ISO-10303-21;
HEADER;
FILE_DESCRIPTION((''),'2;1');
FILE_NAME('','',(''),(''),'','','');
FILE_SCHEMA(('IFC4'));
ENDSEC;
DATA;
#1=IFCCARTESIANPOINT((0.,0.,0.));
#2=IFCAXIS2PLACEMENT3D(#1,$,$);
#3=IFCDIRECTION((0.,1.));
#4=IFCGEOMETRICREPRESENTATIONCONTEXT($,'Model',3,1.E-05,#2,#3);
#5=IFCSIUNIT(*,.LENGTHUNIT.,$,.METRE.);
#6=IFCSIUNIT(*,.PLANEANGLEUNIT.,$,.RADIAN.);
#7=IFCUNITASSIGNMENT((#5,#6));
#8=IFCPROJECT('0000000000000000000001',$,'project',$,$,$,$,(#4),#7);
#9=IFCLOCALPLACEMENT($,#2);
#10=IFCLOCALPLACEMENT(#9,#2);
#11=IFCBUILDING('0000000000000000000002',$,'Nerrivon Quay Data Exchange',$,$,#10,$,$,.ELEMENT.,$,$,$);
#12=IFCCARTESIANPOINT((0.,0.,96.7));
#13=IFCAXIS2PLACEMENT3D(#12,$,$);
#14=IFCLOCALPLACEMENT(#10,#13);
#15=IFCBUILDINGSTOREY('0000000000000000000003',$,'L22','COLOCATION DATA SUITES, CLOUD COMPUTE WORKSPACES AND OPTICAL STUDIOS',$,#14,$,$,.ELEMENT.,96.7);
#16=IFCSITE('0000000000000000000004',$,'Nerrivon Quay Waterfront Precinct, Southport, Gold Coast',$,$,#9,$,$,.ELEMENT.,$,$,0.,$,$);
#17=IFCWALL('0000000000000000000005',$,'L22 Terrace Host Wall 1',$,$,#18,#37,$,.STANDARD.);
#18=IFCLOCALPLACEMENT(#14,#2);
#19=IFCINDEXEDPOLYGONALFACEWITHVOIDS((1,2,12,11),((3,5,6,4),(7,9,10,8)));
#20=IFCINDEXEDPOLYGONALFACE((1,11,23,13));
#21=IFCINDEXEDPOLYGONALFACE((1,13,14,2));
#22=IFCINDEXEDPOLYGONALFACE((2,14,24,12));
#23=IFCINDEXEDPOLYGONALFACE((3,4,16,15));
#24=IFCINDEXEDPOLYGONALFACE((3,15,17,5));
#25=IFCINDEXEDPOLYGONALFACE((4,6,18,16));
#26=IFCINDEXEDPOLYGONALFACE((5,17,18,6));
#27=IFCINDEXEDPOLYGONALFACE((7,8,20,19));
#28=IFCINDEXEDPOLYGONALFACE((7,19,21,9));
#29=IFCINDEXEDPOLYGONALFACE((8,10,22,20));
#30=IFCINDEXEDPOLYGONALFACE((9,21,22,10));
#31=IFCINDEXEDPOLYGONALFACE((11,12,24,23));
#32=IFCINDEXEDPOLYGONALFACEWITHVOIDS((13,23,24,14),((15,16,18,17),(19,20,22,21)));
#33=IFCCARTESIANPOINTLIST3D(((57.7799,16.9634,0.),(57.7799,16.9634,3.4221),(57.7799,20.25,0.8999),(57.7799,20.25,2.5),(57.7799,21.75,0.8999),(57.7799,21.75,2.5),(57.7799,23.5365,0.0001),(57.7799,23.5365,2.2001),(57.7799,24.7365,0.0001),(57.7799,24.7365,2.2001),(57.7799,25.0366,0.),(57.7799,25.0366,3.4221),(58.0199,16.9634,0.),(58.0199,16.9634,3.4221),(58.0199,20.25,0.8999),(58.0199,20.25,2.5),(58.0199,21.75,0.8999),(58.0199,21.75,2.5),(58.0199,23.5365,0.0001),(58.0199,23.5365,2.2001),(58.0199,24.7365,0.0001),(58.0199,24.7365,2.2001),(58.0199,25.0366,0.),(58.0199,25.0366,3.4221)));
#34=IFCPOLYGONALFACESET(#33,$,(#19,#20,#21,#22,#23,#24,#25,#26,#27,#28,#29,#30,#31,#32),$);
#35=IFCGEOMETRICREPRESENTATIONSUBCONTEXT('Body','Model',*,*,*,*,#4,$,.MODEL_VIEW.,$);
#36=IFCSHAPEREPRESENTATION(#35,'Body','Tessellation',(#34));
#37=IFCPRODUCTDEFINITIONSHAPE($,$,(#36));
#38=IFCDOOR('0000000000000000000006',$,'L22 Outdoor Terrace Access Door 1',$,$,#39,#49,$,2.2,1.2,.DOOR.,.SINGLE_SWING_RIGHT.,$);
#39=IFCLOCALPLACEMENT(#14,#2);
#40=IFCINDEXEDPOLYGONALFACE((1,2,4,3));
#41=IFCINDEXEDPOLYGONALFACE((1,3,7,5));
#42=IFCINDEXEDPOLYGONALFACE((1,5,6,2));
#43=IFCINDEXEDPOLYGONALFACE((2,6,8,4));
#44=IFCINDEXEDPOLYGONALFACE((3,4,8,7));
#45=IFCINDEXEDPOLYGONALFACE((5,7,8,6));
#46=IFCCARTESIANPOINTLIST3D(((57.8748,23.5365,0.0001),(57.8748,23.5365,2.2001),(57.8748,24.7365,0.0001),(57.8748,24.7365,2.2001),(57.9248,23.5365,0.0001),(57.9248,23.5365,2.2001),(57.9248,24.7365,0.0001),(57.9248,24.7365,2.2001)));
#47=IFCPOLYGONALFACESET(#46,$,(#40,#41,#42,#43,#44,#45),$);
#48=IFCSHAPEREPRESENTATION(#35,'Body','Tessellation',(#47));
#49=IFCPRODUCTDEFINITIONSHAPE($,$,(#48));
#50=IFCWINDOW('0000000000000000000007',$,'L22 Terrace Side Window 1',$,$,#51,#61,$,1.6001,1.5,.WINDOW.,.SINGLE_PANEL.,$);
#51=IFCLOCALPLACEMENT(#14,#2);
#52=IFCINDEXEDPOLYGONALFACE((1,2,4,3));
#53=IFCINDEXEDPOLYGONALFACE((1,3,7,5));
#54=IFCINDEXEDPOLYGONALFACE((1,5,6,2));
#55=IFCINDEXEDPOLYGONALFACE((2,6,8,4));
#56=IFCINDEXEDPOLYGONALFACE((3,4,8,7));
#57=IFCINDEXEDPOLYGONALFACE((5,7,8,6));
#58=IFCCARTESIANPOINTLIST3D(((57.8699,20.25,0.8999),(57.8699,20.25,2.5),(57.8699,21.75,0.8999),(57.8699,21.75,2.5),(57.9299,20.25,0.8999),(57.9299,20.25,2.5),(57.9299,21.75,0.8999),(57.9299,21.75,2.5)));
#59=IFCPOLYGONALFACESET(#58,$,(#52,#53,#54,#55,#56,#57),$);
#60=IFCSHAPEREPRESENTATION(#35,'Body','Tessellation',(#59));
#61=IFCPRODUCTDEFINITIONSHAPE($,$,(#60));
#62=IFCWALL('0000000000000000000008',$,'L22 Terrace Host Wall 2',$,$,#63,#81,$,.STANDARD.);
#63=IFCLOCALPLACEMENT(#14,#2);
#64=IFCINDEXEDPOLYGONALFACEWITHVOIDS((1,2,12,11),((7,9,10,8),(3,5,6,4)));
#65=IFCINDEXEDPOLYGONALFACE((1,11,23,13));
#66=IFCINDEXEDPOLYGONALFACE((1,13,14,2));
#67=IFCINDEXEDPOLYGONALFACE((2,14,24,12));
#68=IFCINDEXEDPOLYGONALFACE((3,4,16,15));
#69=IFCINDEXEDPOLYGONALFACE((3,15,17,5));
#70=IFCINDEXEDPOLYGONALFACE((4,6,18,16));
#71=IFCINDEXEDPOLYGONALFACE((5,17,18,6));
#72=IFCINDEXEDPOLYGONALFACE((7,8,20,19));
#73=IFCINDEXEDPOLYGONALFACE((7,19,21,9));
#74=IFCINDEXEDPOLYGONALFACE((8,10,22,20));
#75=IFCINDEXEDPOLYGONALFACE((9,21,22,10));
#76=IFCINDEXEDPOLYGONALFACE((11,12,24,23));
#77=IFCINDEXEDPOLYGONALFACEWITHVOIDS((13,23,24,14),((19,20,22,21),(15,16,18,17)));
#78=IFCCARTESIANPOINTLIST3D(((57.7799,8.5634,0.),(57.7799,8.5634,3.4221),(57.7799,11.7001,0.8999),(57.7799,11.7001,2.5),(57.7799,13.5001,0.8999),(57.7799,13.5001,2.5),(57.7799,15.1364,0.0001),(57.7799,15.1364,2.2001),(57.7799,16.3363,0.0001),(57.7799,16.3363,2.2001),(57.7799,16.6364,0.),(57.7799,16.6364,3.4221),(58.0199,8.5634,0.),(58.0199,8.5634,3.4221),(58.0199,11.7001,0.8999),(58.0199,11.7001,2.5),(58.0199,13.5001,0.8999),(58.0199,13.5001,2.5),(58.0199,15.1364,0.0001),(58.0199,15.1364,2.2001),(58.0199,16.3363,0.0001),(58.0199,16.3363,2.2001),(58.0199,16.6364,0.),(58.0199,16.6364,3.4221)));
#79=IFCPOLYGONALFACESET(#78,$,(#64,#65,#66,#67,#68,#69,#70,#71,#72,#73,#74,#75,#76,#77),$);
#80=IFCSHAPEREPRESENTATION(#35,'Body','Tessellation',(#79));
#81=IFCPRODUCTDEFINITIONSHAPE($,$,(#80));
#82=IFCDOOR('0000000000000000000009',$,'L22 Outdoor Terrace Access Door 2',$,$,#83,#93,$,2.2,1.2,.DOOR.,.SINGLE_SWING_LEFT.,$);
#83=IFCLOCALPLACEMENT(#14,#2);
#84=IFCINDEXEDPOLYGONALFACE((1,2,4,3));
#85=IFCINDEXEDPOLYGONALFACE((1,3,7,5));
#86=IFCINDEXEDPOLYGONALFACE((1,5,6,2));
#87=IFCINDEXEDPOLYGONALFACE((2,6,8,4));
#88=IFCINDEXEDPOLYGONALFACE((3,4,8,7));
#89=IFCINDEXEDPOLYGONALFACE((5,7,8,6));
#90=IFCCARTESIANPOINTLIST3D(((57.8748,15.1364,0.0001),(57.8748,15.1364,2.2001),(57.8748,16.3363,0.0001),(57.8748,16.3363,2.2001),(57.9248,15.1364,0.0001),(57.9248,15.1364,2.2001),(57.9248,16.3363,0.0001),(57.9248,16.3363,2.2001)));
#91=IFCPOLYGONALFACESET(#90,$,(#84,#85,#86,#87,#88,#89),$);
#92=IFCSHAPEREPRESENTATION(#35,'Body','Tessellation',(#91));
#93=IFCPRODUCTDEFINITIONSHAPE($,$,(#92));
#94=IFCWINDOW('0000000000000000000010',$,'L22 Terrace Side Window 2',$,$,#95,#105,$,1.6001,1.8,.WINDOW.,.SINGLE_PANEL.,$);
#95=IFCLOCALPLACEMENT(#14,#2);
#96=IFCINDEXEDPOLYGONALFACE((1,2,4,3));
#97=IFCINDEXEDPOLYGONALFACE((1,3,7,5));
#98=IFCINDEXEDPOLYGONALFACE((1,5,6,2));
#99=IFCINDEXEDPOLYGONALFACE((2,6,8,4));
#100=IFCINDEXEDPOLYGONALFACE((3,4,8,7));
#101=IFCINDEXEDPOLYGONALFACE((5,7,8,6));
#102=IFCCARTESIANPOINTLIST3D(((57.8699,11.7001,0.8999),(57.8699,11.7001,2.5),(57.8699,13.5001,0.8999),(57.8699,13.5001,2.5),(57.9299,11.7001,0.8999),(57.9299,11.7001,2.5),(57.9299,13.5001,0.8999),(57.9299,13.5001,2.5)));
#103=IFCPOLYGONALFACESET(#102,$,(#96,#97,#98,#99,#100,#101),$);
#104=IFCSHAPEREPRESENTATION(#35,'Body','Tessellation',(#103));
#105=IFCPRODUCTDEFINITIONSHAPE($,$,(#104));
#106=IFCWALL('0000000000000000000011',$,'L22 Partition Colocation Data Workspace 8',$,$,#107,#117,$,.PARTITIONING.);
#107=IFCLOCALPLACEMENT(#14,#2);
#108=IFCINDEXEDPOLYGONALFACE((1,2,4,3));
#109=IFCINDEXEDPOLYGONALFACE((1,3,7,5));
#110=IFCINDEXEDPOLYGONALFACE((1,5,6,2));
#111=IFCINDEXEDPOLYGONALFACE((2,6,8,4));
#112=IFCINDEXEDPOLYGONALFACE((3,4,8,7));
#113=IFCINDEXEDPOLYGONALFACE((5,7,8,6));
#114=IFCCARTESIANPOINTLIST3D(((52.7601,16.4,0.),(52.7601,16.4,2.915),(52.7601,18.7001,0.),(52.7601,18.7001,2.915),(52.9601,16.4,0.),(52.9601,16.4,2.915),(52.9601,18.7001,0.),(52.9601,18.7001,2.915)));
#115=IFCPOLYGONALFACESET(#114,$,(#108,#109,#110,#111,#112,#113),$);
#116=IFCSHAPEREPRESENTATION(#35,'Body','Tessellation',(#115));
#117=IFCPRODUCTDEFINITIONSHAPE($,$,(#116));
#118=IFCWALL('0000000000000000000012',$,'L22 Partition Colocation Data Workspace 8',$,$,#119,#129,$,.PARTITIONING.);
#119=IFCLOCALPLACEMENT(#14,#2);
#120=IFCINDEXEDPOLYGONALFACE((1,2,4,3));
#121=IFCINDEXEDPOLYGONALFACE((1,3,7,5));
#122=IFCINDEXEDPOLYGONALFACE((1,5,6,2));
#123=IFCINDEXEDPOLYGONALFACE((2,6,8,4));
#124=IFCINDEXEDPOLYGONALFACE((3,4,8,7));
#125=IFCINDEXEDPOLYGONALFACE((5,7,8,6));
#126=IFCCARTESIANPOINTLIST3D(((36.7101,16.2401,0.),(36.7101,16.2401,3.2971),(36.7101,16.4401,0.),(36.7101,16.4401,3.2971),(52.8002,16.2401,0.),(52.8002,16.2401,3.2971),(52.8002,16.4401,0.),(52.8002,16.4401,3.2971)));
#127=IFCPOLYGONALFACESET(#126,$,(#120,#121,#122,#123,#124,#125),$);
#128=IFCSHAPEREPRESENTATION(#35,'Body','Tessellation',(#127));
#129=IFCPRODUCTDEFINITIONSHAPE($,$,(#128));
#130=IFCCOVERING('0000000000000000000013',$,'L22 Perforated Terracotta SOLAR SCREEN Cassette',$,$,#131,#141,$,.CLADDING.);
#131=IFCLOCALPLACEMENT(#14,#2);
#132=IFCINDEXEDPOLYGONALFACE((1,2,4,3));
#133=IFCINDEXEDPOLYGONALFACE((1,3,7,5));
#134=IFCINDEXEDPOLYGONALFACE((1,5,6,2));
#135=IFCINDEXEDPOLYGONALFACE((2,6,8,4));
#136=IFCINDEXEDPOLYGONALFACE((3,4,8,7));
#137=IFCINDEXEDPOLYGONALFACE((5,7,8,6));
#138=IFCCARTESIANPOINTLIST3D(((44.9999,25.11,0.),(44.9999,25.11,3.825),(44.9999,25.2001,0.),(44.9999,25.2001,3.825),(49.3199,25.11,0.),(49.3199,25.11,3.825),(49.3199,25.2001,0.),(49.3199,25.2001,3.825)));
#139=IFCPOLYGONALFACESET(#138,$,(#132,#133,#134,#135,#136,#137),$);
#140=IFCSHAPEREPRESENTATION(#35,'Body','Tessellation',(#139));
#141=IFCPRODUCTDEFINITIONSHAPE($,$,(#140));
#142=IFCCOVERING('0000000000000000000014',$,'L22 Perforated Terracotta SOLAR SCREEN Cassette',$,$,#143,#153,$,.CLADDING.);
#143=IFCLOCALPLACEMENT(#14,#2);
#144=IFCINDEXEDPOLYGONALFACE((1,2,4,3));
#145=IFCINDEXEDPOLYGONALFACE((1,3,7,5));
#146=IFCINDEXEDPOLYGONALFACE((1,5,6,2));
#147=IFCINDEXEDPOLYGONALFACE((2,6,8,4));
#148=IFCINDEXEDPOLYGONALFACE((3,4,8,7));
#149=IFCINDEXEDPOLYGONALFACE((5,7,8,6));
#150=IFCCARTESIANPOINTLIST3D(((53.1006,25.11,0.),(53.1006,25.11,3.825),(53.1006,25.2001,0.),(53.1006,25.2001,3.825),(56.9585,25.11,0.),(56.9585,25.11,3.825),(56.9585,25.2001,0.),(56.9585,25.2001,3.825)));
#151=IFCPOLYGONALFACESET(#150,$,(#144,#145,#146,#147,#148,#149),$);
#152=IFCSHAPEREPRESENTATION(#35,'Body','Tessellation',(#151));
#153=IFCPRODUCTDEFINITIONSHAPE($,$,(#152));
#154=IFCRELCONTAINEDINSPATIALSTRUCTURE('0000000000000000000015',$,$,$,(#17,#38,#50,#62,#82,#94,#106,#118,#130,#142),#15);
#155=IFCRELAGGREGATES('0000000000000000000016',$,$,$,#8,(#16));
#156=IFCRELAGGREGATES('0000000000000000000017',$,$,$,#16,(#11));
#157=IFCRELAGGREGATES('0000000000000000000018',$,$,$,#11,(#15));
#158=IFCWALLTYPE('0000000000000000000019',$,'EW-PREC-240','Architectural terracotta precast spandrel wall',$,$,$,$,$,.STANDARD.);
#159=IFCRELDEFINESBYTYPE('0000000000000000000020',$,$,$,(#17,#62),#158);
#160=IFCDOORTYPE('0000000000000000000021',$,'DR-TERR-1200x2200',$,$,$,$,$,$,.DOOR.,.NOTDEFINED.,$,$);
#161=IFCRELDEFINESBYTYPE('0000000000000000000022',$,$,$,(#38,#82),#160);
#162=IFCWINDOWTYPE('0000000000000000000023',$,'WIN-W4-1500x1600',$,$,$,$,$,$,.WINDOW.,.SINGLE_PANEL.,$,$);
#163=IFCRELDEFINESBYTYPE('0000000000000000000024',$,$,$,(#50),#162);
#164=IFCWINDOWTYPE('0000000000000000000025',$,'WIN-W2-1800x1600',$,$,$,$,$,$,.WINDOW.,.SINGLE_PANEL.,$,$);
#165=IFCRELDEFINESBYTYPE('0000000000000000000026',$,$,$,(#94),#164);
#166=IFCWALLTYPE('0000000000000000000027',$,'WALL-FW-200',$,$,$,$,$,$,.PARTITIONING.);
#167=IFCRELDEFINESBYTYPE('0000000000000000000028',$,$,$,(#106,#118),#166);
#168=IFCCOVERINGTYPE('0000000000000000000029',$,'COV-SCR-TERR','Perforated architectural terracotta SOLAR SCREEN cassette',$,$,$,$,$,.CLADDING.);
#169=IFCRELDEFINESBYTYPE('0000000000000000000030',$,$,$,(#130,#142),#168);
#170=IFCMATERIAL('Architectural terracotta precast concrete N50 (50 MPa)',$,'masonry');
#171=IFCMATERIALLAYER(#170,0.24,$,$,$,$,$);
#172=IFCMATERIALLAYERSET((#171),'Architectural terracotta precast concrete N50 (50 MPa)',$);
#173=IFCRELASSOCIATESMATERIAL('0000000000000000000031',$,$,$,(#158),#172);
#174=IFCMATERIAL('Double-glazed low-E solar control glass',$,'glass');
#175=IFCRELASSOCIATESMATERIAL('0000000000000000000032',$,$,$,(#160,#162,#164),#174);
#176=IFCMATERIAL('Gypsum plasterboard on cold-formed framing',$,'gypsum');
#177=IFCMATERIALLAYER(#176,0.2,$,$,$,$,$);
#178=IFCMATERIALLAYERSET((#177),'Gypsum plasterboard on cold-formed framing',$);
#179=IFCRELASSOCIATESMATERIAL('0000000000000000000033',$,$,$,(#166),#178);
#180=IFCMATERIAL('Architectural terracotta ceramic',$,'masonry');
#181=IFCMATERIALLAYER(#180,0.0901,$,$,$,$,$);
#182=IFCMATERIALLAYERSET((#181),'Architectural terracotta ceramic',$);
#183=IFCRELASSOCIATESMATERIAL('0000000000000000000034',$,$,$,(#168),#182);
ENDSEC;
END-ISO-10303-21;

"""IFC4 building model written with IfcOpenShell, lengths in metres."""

from ifc_helpers import new_model, si_unit, direction, frame, frame_2d, origin, origin_2d, place, context, subcontext, project, spatial, rectangle, extrude, material, layer, layer_set, type_object, element, fill, save


model = new_model("IFC4")

# Units and contexts
model_context = context("Model", 3, precision=1e-05, world=origin(), true_north=direction((0.0, 1.0)))
body_context = subcontext(model_context, "Body", "Model", "MODEL_VIEW")
ifc_project = project(units=[si_unit("LENGTHUNIT", "METRE"), si_unit("PLANEANGLEUNIT", "RADIAN")], contexts=[model_context])

# Site, building, storey
site_placement = place(None, origin())
site = spatial("IfcSite", under=ifc_project, at=site_placement, Name="Nerrivon Quay Waterfront Precinct, Southport, Gold Coast", CompositionType="ELEMENT", RefElevation=0.0)
building_placement = place(site_placement, origin())
building = spatial("IfcBuilding", under=site, at=building_placement, Name="Nerrivon Quay Data Exchange", CompositionType="ELEMENT")
storey_placement = place(building_placement, frame((0.0, 0.0, 96.7)))
storey = spatial("IfcBuildingStorey", under=building, at=storey_placement, Name="L22", Description="COLOCATION DATA SUITES, CLOUD COMPUTE WORKSPACES AND OPTICAL STUDIOS", CompositionType="ELEMENT", Elevation=96.7)

# Shared definitions
ifc_material_1 = material(Name="Double-glazed low-E solar control glass", Category="glass")

# Walls, openings, doors, windows
ifc_material_2 = material(Name="Architectural terracotta precast concrete N50 (50 MPa)", Category="masonry")
ifc_layer_1 = layer(ifc_material_2, 0.24)
ifc_layer_set_1 = layer_set([ifc_layer_1], Name="Architectural terracotta precast concrete N50 (50 MPa)")
wall_type_1 = type_object("IfcWallType", Name="EW-PREC-240", Description="Architectural terracotta precast spandrel wall", PredefinedType="STANDARD", material=ifc_layer_set_1)
wall_1_placement = place(storey_placement, frame((57.8999, 25.0366, 0.0), z_axis=(0.0, 0.0, 1.0), x_axis=(0.0, -1.0, 0.0)))
wall_1 = element("IfcWall", 1, at=wall_1_placement, inside=storey, type_object=wall_type_1, Name="L22 Terrace Host Wall 1", PredefinedType="STANDARD", context=body_context, shape_type="SweptSolid", body=[
    extrude(rectangle(XDim=8.0732, YDim=0.24, at=frame_2d((4.0366, 0.0))), origin(), (0.0, 0.0, 1.0), 3.4221),
])
opening_1_placement = place(wall_1_placement, frame((0.3, 0.0, 0.0)))
opening_1 = element("IfcOpeningElement", 2, at=opening_1_placement, cuts=wall_1, PredefinedType="OPENING", context=body_context, shape_type="SweptSolid", body=[
    extrude(rectangle(XDim=1.2, YDim=2.2, at=frame_2d((0.6001, 1.1001))), frame((0.0, 0.1299, 0.0), z_axis=(0.0, -1.0, 0.0), x_axis=(1.0, 0.0, 0.0)), (0.0, 0.0, 1.0), 0.26),
])
opening_2_placement = place(wall_1_placement, frame((3.2866, 0.0, 0.8999)))
opening_2 = element("IfcOpeningElement", 3, at=opening_2_placement, cuts=wall_1, PredefinedType="OPENING", context=body_context, shape_type="SweptSolid", body=[
    extrude(rectangle(XDim=1.5, YDim=1.6001, at=frame_2d((0.75, 0.8))), frame((0.0, 0.1299, 0.0), z_axis=(0.0, -1.0, 0.0), x_axis=(1.0, 0.0, 0.0)), (0.0, 0.0, 1.0), 0.26),
])
door_type = type_object("IfcDoorType", Name="DR-TERR-1200x2200", OperationType="NOTDEFINED", PredefinedType="DOOR", material=ifc_material_1)
door_1_placement = place(opening_1_placement, origin())
door_1 = element("IfcDoor", 4, at=door_1_placement, inside=storey, type_object=door_type, Name="L22 Outdoor Terrace Access Door 1", OperationType="SINGLE_SWING_RIGHT", OverallHeight=2.2, OverallWidth=1.2, PredefinedType="DOOR", context=body_context, shape_type="SweptSolid", body=[
    extrude(rectangle(XDim=1.2, YDim=2.2, at=frame_2d((0.6001, 1.1001))), frame((0.0, 0.0249, 0.0), z_axis=(0.0, -1.0, 0.0), x_axis=(1.0, 0.0, 0.0)), (0.0, 0.0, 1.0), 0.05),
])
fill(opening_1, door_1)
window_type_1 = type_object("IfcWindowType", Name="WIN-W4-1500x1600", PartitioningType="SINGLE_PANEL", PredefinedType="WINDOW", material=ifc_material_1)
window_1_placement = place(opening_2_placement, origin())
window_1 = element("IfcWindow", 5, at=window_1_placement, inside=storey, type_object=window_type_1, Name="L22 Terrace Side Window 1", OverallHeight=1.6001, OverallWidth=1.5, PartitioningType="SINGLE_PANEL", PredefinedType="WINDOW", context=body_context, shape_type="SweptSolid", body=[
    extrude(rectangle(XDim=1.5, YDim=1.6001, at=frame_2d((0.75, 0.8))), frame((0.0, 0.03, 0.0), z_axis=(0.0, -1.0, 0.0), x_axis=(1.0, 0.0, 0.0)), (0.0, 0.0, 1.0), 0.0601),
])
fill(opening_2, window_1)
wall_2_placement = place(storey_placement, frame((57.8999, 16.6365, 0.0), z_axis=(0.0, 0.0, 1.0), x_axis=(0.0, -1.0, 0.0)))
wall_2 = element("IfcWall", 6, at=wall_2_placement, inside=storey, type_object=wall_type_1, Name="L22 Terrace Host Wall 2", PredefinedType="STANDARD", context=body_context, shape_type="SweptSolid", body=[
    extrude(rectangle(XDim=8.073, YDim=0.24, at=frame_2d((4.0366, 0.0))), origin(), (0.0, 0.0, 1.0), 3.4221),
])
opening_3_placement = place(wall_2_placement, frame((0.3, 0.0, 0.0)))
opening_3 = element("IfcOpeningElement", 7, at=opening_3_placement, cuts=wall_2, PredefinedType="OPENING", context=body_context, shape_type="SweptSolid", body=[
    extrude(rectangle(XDim=1.2, YDim=2.2, at=frame_2d((0.6001, 1.1001))), frame((0.0, 0.1299, 0.0), z_axis=(0.0, -1.0, 0.0), x_axis=(1.0, 0.0, 0.0)), (0.0, 0.0, 1.0), 0.26),
])
opening_4_placement = place(wall_2_placement, frame((3.1365, 0.0, 0.8999)))
opening_4 = element("IfcOpeningElement", 8, at=opening_4_placement, cuts=wall_2, PredefinedType="OPENING", context=body_context, shape_type="SweptSolid", body=[
    extrude(rectangle(XDim=1.8, YDim=1.6001, at=frame_2d((0.8999, 0.8))), frame((0.0, 0.1299, 0.0), z_axis=(0.0, -1.0, 0.0), x_axis=(1.0, 0.0, 0.0)), (0.0, 0.0, 1.0), 0.26),
])
door_2_placement = place(opening_3_placement, origin())
door_2 = element("IfcDoor", 9, at=door_2_placement, inside=storey, type_object=door_type, Name="L22 Outdoor Terrace Access Door 2", OperationType="SINGLE_SWING_LEFT", OverallHeight=2.2, OverallWidth=1.2, PredefinedType="DOOR", context=body_context, shape_type="SweptSolid", body=[
    extrude(rectangle(XDim=1.2, YDim=2.2, at=frame_2d((0.6001, 1.1001))), frame((0.0, 0.0249, 0.0), z_axis=(0.0, -1.0, 0.0), x_axis=(1.0, 0.0, 0.0)), (0.0, 0.0, 1.0), 0.05),
])
fill(opening_3, door_2)
window_type_2 = type_object("IfcWindowType", Name="WIN-W2-1800x1600", PartitioningType="SINGLE_PANEL", PredefinedType="WINDOW", material=ifc_material_1)
window_2_placement = place(opening_4_placement, origin())
window_2 = element("IfcWindow", 10, at=window_2_placement, inside=storey, type_object=window_type_2, Name="L22 Terrace Side Window 2", OverallHeight=1.6001, OverallWidth=1.8, PartitioningType="SINGLE_PANEL", PredefinedType="WINDOW", context=body_context, shape_type="SweptSolid", body=[
    extrude(rectangle(XDim=1.8, YDim=1.6001, at=frame_2d((0.8999, 0.8))), frame((0.0, 0.03, 0.0), z_axis=(0.0, -1.0, 0.0), x_axis=(1.0, 0.0, 0.0)), (0.0, 0.0, 1.0), 0.0601),
])
fill(opening_4, window_2)

# Walls
ifc_material_3 = material(Name="Gypsum plasterboard on cold-formed framing", Category="gypsum")
ifc_layer_2 = layer(ifc_material_3, 0.2)
ifc_layer_set_2 = layer_set([ifc_layer_2], Name="Gypsum plasterboard on cold-formed framing")
wall_type_2 = type_object("IfcWallType", Name="WALL-FW-200", PredefinedType="PARTITIONING", material=ifc_layer_set_2)
wall_3_placement = place(storey_placement, frame((52.8601, 18.7, 0.0), z_axis=(0.0, 0.0, 1.0), x_axis=(0.0, -1.0, 0.0)))
element("IfcWall", 11, at=wall_3_placement, inside=storey, type_object=wall_type_2, Name="L22 Partition Colocation Data Workspace 8", PredefinedType="PARTITIONING", context=body_context, shape_type="SweptSolid", body=[
    extrude(rectangle(XDim=2.3, YDim=0.2, at=frame_2d((1.1499, 0.0))), origin(), (0.0, 0.0, 1.0), 2.915),
])
wall_4_placement = place(storey_placement, frame((52.8, 16.3401, 0.0), z_axis=(0.0, 0.0, 1.0), x_axis=(-1.0, 0.0, 0.0)))
element("IfcWall", 12, at=wall_4_placement, inside=storey, type_object=wall_type_2, Name="L22 Partition Colocation Data Workspace 8", PredefinedType="PARTITIONING", context=body_context, shape_type="SweptSolid", body=[
    extrude(rectangle(XDim=16.0901, YDim=0.2, at=frame_2d((8.0449, 0.0))), origin(), (0.0, 0.0, 1.0), 3.2971),
])

# Coverings
ifc_material_4 = material(Name="Architectural terracotta ceramic", Category="masonry")
ifc_layer_3 = layer(ifc_material_4, 0.0901)
ifc_layer_set_3 = layer_set([ifc_layer_3], Name="Architectural terracotta ceramic")
covering_type = type_object("IfcCoveringType", Name="COV-SCR-TERR", Description="Perforated architectural terracotta SOLAR SCREEN cassette", PredefinedType="CLADDING", material=ifc_layer_set_3)
covering_1_placement = place(storey_placement, frame((47.1599, 25.155, 0.0), z_axis=(0.0, 0.0, 1.0), x_axis=(1.0, 0.0, 0.0)))
element("IfcCovering", 13, at=covering_1_placement, inside=storey, type_object=covering_type, Name="L22 Perforated Terracotta SOLAR SCREEN Cassette", PredefinedType="CLADDING", context=body_context, shape_type="SweptSolid", body=[
    extrude(rectangle(XDim=4.3201, YDim=0.0901, at=origin_2d()), origin(), (0.0, 0.0, 1.0), 3.825),
])
covering_2_placement = place(storey_placement, frame((55.0295, 25.155, 0.0), z_axis=(0.0, 0.0, 1.0), x_axis=(1.0, 0.0, 0.0)))
element("IfcCovering", 14, at=covering_2_placement, inside=storey, type_object=covering_type, Name="L22 Perforated Terracotta SOLAR SCREEN Cassette", PredefinedType="CLADDING", context=body_context, shape_type="SweptSolid", body=[
    extrude(rectangle(XDim=3.8579, YDim=0.0901, at=origin_2d()), origin(), (0.0, 0.0, 1.0), 3.825),
])

save(model, "model.ifc")
